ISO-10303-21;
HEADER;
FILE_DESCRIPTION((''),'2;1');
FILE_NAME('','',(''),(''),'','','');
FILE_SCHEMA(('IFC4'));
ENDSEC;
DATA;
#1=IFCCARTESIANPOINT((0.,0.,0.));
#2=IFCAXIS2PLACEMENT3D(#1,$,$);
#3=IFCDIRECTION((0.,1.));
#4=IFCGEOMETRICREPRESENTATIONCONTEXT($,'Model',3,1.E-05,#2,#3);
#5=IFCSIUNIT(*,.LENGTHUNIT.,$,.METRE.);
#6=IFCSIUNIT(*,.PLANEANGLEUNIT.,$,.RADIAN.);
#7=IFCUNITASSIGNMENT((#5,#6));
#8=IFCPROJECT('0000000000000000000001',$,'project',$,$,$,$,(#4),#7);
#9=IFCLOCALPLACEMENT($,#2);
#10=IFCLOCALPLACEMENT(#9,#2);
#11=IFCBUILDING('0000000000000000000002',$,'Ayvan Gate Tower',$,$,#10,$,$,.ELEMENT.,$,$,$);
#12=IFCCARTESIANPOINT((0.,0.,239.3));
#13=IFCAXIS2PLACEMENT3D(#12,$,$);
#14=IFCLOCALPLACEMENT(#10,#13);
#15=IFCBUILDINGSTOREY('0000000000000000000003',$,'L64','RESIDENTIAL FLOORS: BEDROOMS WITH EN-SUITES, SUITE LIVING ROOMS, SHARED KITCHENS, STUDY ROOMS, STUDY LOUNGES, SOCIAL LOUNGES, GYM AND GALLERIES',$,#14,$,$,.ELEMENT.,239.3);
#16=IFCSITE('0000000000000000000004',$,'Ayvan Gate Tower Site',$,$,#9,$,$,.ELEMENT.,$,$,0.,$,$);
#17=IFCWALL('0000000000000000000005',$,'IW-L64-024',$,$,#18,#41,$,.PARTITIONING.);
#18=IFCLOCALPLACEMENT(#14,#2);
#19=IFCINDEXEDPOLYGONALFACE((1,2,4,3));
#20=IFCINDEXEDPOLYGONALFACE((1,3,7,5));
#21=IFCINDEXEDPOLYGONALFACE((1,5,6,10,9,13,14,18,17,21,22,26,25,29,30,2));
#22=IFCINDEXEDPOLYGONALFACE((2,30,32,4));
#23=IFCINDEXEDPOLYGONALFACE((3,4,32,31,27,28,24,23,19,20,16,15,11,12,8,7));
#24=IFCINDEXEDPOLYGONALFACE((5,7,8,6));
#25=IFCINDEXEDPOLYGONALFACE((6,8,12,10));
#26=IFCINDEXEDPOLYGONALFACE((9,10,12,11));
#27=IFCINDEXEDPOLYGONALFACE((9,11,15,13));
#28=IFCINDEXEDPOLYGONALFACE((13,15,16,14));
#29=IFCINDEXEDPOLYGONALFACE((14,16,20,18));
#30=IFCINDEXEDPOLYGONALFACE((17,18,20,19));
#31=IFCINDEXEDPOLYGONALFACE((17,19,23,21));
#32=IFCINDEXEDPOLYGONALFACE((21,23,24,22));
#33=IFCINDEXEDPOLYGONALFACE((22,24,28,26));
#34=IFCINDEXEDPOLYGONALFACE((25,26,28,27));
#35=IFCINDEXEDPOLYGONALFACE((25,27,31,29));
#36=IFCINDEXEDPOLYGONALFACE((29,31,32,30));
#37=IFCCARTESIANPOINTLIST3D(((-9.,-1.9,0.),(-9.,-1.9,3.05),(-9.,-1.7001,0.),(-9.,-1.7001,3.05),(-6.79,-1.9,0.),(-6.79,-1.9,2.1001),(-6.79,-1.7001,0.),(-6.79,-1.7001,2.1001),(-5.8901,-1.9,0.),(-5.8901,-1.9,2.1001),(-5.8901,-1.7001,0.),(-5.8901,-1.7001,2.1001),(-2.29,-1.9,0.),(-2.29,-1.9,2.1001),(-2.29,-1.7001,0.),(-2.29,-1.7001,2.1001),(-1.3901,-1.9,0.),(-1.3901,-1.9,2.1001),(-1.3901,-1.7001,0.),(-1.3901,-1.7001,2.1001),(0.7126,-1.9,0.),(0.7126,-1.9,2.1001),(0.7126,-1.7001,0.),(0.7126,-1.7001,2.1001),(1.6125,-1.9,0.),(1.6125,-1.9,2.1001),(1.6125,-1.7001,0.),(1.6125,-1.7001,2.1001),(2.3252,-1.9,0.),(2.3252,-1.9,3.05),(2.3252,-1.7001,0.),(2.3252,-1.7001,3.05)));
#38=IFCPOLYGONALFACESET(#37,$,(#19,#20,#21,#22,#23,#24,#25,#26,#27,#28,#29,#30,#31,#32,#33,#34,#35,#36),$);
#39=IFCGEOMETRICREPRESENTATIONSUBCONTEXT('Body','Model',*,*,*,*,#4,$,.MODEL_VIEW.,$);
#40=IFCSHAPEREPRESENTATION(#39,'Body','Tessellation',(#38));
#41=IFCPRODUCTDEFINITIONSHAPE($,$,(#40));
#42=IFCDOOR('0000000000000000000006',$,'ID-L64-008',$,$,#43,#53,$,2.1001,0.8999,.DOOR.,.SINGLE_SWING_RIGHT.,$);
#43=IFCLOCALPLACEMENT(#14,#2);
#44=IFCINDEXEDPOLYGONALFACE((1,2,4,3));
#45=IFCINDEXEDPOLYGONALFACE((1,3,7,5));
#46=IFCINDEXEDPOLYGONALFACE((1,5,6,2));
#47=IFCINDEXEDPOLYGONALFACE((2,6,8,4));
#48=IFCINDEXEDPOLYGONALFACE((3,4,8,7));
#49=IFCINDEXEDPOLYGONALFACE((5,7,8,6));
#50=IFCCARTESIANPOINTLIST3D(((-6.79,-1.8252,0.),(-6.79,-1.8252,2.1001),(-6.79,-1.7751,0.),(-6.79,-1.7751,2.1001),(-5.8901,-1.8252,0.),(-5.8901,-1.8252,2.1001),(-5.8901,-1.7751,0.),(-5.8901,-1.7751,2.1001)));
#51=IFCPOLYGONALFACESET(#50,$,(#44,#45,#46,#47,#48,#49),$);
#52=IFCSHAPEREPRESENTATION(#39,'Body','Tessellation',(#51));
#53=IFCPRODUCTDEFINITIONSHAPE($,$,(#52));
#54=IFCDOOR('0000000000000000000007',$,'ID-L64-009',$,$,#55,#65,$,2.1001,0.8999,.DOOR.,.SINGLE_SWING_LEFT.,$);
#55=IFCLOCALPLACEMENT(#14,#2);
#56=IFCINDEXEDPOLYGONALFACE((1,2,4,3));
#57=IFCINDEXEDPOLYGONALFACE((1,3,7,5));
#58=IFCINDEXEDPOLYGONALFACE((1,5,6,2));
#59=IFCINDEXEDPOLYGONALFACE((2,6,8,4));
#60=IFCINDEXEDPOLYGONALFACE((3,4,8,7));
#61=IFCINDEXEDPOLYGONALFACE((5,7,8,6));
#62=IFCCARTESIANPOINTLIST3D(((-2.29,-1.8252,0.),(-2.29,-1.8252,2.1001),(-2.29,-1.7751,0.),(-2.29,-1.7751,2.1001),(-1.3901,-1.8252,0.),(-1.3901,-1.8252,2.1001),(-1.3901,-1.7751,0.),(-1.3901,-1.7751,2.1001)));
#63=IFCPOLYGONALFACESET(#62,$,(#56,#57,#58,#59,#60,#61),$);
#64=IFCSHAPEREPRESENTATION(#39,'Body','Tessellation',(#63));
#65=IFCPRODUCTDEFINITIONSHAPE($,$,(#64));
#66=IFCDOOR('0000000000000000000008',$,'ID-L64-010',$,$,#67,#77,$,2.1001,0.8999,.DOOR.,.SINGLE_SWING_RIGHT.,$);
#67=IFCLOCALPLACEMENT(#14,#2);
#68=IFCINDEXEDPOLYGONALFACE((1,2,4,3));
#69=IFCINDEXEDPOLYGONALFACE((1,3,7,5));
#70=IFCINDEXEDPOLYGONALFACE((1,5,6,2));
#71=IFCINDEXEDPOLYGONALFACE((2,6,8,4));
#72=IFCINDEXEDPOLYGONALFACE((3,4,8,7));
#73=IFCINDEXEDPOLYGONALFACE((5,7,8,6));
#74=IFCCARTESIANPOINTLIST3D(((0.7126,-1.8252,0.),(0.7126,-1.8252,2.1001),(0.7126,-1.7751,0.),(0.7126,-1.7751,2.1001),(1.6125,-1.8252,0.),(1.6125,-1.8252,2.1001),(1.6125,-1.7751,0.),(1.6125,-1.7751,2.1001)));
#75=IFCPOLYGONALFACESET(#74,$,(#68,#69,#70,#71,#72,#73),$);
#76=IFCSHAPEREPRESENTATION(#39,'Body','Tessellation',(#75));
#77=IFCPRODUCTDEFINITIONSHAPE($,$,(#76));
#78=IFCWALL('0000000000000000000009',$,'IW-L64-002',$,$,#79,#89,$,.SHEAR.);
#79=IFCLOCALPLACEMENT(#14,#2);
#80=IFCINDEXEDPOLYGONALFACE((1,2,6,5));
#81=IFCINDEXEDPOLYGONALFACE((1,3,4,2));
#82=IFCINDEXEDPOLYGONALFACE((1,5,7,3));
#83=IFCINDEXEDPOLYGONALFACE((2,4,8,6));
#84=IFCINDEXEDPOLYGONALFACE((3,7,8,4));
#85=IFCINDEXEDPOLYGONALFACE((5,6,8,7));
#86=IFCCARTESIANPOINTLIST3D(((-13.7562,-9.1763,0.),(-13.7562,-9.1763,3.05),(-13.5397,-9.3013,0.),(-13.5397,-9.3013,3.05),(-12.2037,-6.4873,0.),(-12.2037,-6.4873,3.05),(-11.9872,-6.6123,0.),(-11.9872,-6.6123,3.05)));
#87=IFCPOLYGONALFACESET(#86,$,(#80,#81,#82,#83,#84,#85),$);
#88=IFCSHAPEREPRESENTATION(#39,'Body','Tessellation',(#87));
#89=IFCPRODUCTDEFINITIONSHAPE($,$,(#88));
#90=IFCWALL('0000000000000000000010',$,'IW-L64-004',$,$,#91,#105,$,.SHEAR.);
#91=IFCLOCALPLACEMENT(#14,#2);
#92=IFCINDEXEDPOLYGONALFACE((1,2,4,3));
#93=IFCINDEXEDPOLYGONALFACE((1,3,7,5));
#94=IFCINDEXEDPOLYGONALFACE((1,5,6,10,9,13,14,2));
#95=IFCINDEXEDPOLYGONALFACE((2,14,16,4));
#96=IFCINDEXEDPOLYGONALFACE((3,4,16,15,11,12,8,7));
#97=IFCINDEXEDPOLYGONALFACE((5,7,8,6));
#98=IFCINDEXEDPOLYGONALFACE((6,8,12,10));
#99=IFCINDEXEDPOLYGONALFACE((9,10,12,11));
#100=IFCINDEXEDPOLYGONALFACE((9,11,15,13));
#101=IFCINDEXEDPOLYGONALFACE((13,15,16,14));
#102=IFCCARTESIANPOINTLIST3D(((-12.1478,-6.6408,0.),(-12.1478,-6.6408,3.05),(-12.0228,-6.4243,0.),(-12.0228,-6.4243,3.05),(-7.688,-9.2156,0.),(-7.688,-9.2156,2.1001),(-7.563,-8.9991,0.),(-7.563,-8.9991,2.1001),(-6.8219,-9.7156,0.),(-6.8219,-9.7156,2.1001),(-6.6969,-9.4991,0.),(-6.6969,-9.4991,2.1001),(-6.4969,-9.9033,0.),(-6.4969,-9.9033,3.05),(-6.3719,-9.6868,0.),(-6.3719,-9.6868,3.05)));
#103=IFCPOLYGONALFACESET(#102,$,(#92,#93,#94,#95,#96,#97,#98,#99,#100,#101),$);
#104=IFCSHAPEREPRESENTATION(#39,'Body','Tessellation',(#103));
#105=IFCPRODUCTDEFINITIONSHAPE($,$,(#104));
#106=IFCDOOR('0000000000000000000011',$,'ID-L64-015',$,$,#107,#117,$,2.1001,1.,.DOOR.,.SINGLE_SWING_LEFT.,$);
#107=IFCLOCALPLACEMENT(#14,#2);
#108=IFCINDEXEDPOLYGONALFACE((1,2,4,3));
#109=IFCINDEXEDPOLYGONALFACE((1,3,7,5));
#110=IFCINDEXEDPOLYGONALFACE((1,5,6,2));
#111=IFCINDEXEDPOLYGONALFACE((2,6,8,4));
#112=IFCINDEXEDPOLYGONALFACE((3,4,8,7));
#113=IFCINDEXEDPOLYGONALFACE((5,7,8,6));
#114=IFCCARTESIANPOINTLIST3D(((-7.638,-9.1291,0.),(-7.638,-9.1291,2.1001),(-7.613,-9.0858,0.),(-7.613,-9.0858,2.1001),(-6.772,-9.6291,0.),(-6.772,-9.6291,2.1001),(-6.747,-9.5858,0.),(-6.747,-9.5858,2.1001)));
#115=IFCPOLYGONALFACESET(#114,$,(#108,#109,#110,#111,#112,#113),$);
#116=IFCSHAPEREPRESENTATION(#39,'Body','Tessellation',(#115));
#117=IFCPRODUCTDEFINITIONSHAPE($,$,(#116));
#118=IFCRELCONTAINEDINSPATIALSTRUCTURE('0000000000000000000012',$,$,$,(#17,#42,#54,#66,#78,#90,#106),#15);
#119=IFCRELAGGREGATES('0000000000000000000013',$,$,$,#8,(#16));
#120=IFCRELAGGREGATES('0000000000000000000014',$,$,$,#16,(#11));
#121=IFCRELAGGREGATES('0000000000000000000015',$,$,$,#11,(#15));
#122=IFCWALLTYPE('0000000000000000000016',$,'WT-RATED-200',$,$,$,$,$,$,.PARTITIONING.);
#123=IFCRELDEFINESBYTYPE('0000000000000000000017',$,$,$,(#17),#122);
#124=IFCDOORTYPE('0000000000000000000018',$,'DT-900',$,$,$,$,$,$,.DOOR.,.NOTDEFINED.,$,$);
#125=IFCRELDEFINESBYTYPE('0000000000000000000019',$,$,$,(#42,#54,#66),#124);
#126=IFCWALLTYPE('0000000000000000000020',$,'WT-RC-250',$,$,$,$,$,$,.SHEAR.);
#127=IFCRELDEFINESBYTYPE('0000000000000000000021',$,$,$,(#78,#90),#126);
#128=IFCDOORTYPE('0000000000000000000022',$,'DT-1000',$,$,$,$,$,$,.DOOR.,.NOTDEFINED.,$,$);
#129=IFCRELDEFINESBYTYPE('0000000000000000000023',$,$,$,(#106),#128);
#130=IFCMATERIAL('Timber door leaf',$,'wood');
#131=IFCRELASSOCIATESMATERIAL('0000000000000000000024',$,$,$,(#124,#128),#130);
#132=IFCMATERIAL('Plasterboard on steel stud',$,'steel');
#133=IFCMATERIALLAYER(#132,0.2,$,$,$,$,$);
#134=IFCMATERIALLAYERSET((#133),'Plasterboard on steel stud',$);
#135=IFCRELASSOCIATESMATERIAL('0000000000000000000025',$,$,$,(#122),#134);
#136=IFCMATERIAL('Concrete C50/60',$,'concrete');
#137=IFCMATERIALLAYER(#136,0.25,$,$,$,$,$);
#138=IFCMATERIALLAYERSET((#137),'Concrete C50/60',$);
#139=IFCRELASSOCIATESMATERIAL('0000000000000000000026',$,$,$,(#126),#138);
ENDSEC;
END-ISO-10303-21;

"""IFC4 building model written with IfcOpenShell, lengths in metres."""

from ifc_helpers import new_model, si_unit, direction, frame, frame_2d, origin, place, context, subcontext, project, spatial, rectangle, extrude, material, layer, layer_set, type_object, element, fill, save


model = new_model("IFC4")

# Units and contexts
model_context = context("Model", 3, precision=1e-05, world=origin(), true_north=direction((0.0, 1.0)))
body_context = subcontext(model_context, "Body", "Model", "MODEL_VIEW")
ifc_project = project(units=[si_unit("LENGTHUNIT", "METRE"), si_unit("PLANEANGLEUNIT", "RADIAN")], contexts=[model_context])

# Site, building, storey
site_placement = place(None, origin())
site = spatial("IfcSite", under=ifc_project, at=site_placement, Name="Ayvan Gate Tower Site", CompositionType="ELEMENT", RefElevation=0.0)
building_placement = place(site_placement, origin())
building = spatial("IfcBuilding", under=site, at=building_placement, Name="Ayvan Gate Tower", CompositionType="ELEMENT")
storey_placement = place(building_placement, frame((0.0, 0.0, 239.3)))
storey = spatial("IfcBuildingStorey", under=building, at=storey_placement, Name="L64", Description="RESIDENTIAL FLOORS: BEDROOMS WITH EN-SUITES, SUITE LIVING ROOMS, SHARED KITCHENS, STUDY ROOMS, STUDY LOUNGES, SOCIAL LOUNGES, GYM AND GALLERIES", CompositionType="ELEMENT", Elevation=239.3)

# Shared definitions
ifc_material_1 = material(Name="Timber door leaf", Category="wood")
door_type_1 = type_object("IfcDoorType", Name="DT-900", OperationType="NOTDEFINED", PredefinedType="DOOR", material=ifc_material_1)
ifc_material_2 = material(Name="Plasterboard on steel stud", Category="steel")
door_type_2 = type_object("IfcDoorType", Name="DT-1000", OperationType="NOTDEFINED", PredefinedType="DOOR", material=ifc_material_1)

# Shared definitions
ifc_layer_1 = layer(ifc_material_2, 0.2)
ifc_layer_set_1 = layer_set([ifc_layer_1], Name="Plasterboard on steel stud")
wall_type_1 = type_object("IfcWallType", Name="WT-RATED-200", PredefinedType="PARTITIONING", material=ifc_layer_set_1)

# Wall, openings, doors
wall_1_placement = place(storey_placement, frame((-9.0, -1.8, 0.0), z_axis=(0.0, 0.0, 1.0), x_axis=(1.0, 0.0, 0.0)))
wall_1 = element("IfcWall", 1, at=wall_1_placement, inside=storey, type_object=wall_type_1, Name="IW-L64-024", PredefinedType="PARTITIONING", context=body_context, shape_type="SweptSolid", body=[
    extrude(rectangle(XDim=11.3252, YDim=0.2, at=frame_2d((5.6626, 0.0))), origin(), (0.0, 0.0, 1.0), 3.05),
])
opening_1_placement = place(wall_1_placement, frame((2.21, 0.0, 0.0)))
opening_1 = element("IfcOpeningElement", 2, at=opening_1_placement, cuts=wall_1, PredefinedType="OPENING", context=body_context, shape_type="SweptSolid", body=[
    extrude(rectangle(XDim=0.8999, YDim=2.1001, at=frame_2d((0.45, 1.05))), frame((0.0, 0.1099, 0.0), z_axis=(0.0, -1.0, 0.0), x_axis=(1.0, 0.0, 0.0)), (0.0, 0.0, 1.0), 0.22),
])
opening_2_placement = place(wall_1_placement, frame((6.71, 0.0, 0.0)))
opening_2 = element("IfcOpeningElement", 3, at=opening_2_placement, cuts=wall_1, PredefinedType="OPENING", context=body_context, shape_type="SweptSolid", body=[
    extrude(rectangle(XDim=0.8999, YDim=2.1001, at=frame_2d((0.45, 1.05))), frame((0.0, 0.1099, 0.0), z_axis=(0.0, -1.0, 0.0), x_axis=(1.0, 0.0, 0.0)), (0.0, 0.0, 1.0), 0.22),
])
opening_3_placement = place(wall_1_placement, frame((9.7126, 0.0, 0.0)))
opening_3 = element("IfcOpeningElement", 4, at=opening_3_placement, cuts=wall_1, PredefinedType="OPENING", context=body_context, shape_type="SweptSolid", body=[
    extrude(rectangle(XDim=0.8999, YDim=2.1001, at=frame_2d((0.45, 1.05))), frame((0.0, 0.1099, 0.0), z_axis=(0.0, -1.0, 0.0), x_axis=(1.0, 0.0, 0.0)), (0.0, 0.0, 1.0), 0.22),
])
door_1_placement = place(opening_1_placement, origin())
door_1 = element("IfcDoor", 5, at=door_1_placement, inside=storey, type_object=door_type_1, Name="ID-L64-008", OperationType="SINGLE_SWING_RIGHT", OverallHeight=2.1001, OverallWidth=0.8999, PredefinedType="DOOR", context=body_context, shape_type="SweptSolid", body=[
    extrude(rectangle(XDim=0.8999, YDim=2.1001, at=frame_2d((0.45, 1.05))), frame((0.0, 0.0249, 0.0), z_axis=(0.0, -1.0, 0.0), x_axis=(1.0, 0.0, 0.0)), (0.0, 0.0, 1.0), 0.05),
])
fill(opening_1, door_1)
door_2_placement = place(opening_2_placement, origin())
door_2 = element("IfcDoor", 6, at=door_2_placement, inside=storey, type_object=door_type_1, Name="ID-L64-009", OperationType="SINGLE_SWING_LEFT", OverallHeight=2.1001, OverallWidth=0.8999, PredefinedType="DOOR", context=body_context, shape_type="SweptSolid", body=[
    extrude(rectangle(XDim=0.8999, YDim=2.1001, at=frame_2d((0.45, 1.05))), frame((0.0, 0.0249, 0.0), z_axis=(0.0, -1.0, 0.0), x_axis=(1.0, 0.0, 0.0)), (0.0, 0.0, 1.0), 0.05),
])
fill(opening_2, door_2)
door_3_placement = place(opening_3_placement, origin())
door_3 = element("IfcDoor", 7, at=door_3_placement, inside=storey, type_object=door_type_1, Name="ID-L64-010", OperationType="SINGLE_SWING_RIGHT", OverallHeight=2.1001, OverallWidth=0.8999, PredefinedType="DOOR", context=body_context, shape_type="SweptSolid", body=[
    extrude(rectangle(XDim=0.8999, YDim=2.1001, at=frame_2d((0.45, 1.05))), frame((0.0, 0.0249, 0.0), z_axis=(0.0, -1.0, 0.0), x_axis=(1.0, 0.0, 0.0)), (0.0, 0.0, 1.0), 0.05),
])
fill(opening_3, door_3)

# Wall
ifc_material_3 = material(Name="Concrete C50/60", Category="concrete")
ifc_layer_2 = layer(ifc_material_3, 0.25)
ifc_layer_set_2 = layer_set([ifc_layer_2], Name="Concrete C50/60")
wall_type_2 = type_object("IfcWallType", Name="WT-RC-250", PredefinedType="SHEAR", material=ifc_layer_set_2)
wall_2_placement = place(storey_placement, frame((-13.6479, -9.2388, 0.0), z_axis=(0.0, 0.0, 1.0), x_axis=(0.500004, 0.866023, 0.0)))
element("IfcWall", 8, at=wall_2_placement, inside=storey, type_object=wall_type_2, Name="IW-L64-002", PredefinedType="SHEAR", context=body_context, shape_type="SweptSolid", body=[
    extrude(rectangle(XDim=3.105, YDim=0.25, at=frame_2d((1.5525, 0.0))), origin(), (0.0, 0.0, 1.0), 3.05),
])

# Wall, opening, door
wall_3_placement = place(storey_placement, frame((-12.0854, -6.5325, 0.0), z_axis=(0.0, 0.0, 1.0), x_axis=(0.866031, -0.49999, 0.0)))
wall_3 = element("IfcWall", 9, at=wall_3_placement, inside=storey, type_object=wall_type_2, Name="IW-L64-004", PredefinedType="SHEAR", context=body_context, shape_type="SweptSolid", body=[
    extrude(rectangle(XDim=6.5251, YDim=0.25, at=frame_2d((3.2627, 0.0))), origin(), (0.0, 0.0, 1.0), 3.05),
])
opening_4_placement = place(wall_3_placement, frame((5.1499, 0.0, 0.0)))
opening_4 = element("IfcOpeningElement", 10, at=opening_4_placement, cuts=wall_3, PredefinedType="OPENING", context=body_context, shape_type="SweptSolid", body=[
    extrude(rectangle(XDim=1.0, YDim=2.1001, at=frame_2d((0.5, 1.05))), frame((0.0, 0.135, 0.0), z_axis=(0.0, -1.0, 0.0), x_axis=(1.0, 0.0, 0.0)), (0.0, 0.0, 1.0), 0.27),
])
door_4_placement = place(opening_4_placement, origin())
door_4 = element("IfcDoor", 11, at=door_4_placement, inside=storey, type_object=door_type_2, Name="ID-L64-015", OperationType="SINGLE_SWING_LEFT", OverallHeight=2.1001, OverallWidth=1.0, PredefinedType="DOOR", context=body_context, shape_type="SweptSolid", body=[
    extrude(rectangle(XDim=1.0, YDim=2.1001, at=frame_2d((0.5, 1.05))), frame((0.0, 0.0249, 0.0), z_axis=(0.0, -1.0, 0.0), x_axis=(1.0, 0.0, 0.0)), (0.0, 0.0, 1.0), 0.05),
])
fill(opening_4, door_4)

save(model, "model.ifc")
